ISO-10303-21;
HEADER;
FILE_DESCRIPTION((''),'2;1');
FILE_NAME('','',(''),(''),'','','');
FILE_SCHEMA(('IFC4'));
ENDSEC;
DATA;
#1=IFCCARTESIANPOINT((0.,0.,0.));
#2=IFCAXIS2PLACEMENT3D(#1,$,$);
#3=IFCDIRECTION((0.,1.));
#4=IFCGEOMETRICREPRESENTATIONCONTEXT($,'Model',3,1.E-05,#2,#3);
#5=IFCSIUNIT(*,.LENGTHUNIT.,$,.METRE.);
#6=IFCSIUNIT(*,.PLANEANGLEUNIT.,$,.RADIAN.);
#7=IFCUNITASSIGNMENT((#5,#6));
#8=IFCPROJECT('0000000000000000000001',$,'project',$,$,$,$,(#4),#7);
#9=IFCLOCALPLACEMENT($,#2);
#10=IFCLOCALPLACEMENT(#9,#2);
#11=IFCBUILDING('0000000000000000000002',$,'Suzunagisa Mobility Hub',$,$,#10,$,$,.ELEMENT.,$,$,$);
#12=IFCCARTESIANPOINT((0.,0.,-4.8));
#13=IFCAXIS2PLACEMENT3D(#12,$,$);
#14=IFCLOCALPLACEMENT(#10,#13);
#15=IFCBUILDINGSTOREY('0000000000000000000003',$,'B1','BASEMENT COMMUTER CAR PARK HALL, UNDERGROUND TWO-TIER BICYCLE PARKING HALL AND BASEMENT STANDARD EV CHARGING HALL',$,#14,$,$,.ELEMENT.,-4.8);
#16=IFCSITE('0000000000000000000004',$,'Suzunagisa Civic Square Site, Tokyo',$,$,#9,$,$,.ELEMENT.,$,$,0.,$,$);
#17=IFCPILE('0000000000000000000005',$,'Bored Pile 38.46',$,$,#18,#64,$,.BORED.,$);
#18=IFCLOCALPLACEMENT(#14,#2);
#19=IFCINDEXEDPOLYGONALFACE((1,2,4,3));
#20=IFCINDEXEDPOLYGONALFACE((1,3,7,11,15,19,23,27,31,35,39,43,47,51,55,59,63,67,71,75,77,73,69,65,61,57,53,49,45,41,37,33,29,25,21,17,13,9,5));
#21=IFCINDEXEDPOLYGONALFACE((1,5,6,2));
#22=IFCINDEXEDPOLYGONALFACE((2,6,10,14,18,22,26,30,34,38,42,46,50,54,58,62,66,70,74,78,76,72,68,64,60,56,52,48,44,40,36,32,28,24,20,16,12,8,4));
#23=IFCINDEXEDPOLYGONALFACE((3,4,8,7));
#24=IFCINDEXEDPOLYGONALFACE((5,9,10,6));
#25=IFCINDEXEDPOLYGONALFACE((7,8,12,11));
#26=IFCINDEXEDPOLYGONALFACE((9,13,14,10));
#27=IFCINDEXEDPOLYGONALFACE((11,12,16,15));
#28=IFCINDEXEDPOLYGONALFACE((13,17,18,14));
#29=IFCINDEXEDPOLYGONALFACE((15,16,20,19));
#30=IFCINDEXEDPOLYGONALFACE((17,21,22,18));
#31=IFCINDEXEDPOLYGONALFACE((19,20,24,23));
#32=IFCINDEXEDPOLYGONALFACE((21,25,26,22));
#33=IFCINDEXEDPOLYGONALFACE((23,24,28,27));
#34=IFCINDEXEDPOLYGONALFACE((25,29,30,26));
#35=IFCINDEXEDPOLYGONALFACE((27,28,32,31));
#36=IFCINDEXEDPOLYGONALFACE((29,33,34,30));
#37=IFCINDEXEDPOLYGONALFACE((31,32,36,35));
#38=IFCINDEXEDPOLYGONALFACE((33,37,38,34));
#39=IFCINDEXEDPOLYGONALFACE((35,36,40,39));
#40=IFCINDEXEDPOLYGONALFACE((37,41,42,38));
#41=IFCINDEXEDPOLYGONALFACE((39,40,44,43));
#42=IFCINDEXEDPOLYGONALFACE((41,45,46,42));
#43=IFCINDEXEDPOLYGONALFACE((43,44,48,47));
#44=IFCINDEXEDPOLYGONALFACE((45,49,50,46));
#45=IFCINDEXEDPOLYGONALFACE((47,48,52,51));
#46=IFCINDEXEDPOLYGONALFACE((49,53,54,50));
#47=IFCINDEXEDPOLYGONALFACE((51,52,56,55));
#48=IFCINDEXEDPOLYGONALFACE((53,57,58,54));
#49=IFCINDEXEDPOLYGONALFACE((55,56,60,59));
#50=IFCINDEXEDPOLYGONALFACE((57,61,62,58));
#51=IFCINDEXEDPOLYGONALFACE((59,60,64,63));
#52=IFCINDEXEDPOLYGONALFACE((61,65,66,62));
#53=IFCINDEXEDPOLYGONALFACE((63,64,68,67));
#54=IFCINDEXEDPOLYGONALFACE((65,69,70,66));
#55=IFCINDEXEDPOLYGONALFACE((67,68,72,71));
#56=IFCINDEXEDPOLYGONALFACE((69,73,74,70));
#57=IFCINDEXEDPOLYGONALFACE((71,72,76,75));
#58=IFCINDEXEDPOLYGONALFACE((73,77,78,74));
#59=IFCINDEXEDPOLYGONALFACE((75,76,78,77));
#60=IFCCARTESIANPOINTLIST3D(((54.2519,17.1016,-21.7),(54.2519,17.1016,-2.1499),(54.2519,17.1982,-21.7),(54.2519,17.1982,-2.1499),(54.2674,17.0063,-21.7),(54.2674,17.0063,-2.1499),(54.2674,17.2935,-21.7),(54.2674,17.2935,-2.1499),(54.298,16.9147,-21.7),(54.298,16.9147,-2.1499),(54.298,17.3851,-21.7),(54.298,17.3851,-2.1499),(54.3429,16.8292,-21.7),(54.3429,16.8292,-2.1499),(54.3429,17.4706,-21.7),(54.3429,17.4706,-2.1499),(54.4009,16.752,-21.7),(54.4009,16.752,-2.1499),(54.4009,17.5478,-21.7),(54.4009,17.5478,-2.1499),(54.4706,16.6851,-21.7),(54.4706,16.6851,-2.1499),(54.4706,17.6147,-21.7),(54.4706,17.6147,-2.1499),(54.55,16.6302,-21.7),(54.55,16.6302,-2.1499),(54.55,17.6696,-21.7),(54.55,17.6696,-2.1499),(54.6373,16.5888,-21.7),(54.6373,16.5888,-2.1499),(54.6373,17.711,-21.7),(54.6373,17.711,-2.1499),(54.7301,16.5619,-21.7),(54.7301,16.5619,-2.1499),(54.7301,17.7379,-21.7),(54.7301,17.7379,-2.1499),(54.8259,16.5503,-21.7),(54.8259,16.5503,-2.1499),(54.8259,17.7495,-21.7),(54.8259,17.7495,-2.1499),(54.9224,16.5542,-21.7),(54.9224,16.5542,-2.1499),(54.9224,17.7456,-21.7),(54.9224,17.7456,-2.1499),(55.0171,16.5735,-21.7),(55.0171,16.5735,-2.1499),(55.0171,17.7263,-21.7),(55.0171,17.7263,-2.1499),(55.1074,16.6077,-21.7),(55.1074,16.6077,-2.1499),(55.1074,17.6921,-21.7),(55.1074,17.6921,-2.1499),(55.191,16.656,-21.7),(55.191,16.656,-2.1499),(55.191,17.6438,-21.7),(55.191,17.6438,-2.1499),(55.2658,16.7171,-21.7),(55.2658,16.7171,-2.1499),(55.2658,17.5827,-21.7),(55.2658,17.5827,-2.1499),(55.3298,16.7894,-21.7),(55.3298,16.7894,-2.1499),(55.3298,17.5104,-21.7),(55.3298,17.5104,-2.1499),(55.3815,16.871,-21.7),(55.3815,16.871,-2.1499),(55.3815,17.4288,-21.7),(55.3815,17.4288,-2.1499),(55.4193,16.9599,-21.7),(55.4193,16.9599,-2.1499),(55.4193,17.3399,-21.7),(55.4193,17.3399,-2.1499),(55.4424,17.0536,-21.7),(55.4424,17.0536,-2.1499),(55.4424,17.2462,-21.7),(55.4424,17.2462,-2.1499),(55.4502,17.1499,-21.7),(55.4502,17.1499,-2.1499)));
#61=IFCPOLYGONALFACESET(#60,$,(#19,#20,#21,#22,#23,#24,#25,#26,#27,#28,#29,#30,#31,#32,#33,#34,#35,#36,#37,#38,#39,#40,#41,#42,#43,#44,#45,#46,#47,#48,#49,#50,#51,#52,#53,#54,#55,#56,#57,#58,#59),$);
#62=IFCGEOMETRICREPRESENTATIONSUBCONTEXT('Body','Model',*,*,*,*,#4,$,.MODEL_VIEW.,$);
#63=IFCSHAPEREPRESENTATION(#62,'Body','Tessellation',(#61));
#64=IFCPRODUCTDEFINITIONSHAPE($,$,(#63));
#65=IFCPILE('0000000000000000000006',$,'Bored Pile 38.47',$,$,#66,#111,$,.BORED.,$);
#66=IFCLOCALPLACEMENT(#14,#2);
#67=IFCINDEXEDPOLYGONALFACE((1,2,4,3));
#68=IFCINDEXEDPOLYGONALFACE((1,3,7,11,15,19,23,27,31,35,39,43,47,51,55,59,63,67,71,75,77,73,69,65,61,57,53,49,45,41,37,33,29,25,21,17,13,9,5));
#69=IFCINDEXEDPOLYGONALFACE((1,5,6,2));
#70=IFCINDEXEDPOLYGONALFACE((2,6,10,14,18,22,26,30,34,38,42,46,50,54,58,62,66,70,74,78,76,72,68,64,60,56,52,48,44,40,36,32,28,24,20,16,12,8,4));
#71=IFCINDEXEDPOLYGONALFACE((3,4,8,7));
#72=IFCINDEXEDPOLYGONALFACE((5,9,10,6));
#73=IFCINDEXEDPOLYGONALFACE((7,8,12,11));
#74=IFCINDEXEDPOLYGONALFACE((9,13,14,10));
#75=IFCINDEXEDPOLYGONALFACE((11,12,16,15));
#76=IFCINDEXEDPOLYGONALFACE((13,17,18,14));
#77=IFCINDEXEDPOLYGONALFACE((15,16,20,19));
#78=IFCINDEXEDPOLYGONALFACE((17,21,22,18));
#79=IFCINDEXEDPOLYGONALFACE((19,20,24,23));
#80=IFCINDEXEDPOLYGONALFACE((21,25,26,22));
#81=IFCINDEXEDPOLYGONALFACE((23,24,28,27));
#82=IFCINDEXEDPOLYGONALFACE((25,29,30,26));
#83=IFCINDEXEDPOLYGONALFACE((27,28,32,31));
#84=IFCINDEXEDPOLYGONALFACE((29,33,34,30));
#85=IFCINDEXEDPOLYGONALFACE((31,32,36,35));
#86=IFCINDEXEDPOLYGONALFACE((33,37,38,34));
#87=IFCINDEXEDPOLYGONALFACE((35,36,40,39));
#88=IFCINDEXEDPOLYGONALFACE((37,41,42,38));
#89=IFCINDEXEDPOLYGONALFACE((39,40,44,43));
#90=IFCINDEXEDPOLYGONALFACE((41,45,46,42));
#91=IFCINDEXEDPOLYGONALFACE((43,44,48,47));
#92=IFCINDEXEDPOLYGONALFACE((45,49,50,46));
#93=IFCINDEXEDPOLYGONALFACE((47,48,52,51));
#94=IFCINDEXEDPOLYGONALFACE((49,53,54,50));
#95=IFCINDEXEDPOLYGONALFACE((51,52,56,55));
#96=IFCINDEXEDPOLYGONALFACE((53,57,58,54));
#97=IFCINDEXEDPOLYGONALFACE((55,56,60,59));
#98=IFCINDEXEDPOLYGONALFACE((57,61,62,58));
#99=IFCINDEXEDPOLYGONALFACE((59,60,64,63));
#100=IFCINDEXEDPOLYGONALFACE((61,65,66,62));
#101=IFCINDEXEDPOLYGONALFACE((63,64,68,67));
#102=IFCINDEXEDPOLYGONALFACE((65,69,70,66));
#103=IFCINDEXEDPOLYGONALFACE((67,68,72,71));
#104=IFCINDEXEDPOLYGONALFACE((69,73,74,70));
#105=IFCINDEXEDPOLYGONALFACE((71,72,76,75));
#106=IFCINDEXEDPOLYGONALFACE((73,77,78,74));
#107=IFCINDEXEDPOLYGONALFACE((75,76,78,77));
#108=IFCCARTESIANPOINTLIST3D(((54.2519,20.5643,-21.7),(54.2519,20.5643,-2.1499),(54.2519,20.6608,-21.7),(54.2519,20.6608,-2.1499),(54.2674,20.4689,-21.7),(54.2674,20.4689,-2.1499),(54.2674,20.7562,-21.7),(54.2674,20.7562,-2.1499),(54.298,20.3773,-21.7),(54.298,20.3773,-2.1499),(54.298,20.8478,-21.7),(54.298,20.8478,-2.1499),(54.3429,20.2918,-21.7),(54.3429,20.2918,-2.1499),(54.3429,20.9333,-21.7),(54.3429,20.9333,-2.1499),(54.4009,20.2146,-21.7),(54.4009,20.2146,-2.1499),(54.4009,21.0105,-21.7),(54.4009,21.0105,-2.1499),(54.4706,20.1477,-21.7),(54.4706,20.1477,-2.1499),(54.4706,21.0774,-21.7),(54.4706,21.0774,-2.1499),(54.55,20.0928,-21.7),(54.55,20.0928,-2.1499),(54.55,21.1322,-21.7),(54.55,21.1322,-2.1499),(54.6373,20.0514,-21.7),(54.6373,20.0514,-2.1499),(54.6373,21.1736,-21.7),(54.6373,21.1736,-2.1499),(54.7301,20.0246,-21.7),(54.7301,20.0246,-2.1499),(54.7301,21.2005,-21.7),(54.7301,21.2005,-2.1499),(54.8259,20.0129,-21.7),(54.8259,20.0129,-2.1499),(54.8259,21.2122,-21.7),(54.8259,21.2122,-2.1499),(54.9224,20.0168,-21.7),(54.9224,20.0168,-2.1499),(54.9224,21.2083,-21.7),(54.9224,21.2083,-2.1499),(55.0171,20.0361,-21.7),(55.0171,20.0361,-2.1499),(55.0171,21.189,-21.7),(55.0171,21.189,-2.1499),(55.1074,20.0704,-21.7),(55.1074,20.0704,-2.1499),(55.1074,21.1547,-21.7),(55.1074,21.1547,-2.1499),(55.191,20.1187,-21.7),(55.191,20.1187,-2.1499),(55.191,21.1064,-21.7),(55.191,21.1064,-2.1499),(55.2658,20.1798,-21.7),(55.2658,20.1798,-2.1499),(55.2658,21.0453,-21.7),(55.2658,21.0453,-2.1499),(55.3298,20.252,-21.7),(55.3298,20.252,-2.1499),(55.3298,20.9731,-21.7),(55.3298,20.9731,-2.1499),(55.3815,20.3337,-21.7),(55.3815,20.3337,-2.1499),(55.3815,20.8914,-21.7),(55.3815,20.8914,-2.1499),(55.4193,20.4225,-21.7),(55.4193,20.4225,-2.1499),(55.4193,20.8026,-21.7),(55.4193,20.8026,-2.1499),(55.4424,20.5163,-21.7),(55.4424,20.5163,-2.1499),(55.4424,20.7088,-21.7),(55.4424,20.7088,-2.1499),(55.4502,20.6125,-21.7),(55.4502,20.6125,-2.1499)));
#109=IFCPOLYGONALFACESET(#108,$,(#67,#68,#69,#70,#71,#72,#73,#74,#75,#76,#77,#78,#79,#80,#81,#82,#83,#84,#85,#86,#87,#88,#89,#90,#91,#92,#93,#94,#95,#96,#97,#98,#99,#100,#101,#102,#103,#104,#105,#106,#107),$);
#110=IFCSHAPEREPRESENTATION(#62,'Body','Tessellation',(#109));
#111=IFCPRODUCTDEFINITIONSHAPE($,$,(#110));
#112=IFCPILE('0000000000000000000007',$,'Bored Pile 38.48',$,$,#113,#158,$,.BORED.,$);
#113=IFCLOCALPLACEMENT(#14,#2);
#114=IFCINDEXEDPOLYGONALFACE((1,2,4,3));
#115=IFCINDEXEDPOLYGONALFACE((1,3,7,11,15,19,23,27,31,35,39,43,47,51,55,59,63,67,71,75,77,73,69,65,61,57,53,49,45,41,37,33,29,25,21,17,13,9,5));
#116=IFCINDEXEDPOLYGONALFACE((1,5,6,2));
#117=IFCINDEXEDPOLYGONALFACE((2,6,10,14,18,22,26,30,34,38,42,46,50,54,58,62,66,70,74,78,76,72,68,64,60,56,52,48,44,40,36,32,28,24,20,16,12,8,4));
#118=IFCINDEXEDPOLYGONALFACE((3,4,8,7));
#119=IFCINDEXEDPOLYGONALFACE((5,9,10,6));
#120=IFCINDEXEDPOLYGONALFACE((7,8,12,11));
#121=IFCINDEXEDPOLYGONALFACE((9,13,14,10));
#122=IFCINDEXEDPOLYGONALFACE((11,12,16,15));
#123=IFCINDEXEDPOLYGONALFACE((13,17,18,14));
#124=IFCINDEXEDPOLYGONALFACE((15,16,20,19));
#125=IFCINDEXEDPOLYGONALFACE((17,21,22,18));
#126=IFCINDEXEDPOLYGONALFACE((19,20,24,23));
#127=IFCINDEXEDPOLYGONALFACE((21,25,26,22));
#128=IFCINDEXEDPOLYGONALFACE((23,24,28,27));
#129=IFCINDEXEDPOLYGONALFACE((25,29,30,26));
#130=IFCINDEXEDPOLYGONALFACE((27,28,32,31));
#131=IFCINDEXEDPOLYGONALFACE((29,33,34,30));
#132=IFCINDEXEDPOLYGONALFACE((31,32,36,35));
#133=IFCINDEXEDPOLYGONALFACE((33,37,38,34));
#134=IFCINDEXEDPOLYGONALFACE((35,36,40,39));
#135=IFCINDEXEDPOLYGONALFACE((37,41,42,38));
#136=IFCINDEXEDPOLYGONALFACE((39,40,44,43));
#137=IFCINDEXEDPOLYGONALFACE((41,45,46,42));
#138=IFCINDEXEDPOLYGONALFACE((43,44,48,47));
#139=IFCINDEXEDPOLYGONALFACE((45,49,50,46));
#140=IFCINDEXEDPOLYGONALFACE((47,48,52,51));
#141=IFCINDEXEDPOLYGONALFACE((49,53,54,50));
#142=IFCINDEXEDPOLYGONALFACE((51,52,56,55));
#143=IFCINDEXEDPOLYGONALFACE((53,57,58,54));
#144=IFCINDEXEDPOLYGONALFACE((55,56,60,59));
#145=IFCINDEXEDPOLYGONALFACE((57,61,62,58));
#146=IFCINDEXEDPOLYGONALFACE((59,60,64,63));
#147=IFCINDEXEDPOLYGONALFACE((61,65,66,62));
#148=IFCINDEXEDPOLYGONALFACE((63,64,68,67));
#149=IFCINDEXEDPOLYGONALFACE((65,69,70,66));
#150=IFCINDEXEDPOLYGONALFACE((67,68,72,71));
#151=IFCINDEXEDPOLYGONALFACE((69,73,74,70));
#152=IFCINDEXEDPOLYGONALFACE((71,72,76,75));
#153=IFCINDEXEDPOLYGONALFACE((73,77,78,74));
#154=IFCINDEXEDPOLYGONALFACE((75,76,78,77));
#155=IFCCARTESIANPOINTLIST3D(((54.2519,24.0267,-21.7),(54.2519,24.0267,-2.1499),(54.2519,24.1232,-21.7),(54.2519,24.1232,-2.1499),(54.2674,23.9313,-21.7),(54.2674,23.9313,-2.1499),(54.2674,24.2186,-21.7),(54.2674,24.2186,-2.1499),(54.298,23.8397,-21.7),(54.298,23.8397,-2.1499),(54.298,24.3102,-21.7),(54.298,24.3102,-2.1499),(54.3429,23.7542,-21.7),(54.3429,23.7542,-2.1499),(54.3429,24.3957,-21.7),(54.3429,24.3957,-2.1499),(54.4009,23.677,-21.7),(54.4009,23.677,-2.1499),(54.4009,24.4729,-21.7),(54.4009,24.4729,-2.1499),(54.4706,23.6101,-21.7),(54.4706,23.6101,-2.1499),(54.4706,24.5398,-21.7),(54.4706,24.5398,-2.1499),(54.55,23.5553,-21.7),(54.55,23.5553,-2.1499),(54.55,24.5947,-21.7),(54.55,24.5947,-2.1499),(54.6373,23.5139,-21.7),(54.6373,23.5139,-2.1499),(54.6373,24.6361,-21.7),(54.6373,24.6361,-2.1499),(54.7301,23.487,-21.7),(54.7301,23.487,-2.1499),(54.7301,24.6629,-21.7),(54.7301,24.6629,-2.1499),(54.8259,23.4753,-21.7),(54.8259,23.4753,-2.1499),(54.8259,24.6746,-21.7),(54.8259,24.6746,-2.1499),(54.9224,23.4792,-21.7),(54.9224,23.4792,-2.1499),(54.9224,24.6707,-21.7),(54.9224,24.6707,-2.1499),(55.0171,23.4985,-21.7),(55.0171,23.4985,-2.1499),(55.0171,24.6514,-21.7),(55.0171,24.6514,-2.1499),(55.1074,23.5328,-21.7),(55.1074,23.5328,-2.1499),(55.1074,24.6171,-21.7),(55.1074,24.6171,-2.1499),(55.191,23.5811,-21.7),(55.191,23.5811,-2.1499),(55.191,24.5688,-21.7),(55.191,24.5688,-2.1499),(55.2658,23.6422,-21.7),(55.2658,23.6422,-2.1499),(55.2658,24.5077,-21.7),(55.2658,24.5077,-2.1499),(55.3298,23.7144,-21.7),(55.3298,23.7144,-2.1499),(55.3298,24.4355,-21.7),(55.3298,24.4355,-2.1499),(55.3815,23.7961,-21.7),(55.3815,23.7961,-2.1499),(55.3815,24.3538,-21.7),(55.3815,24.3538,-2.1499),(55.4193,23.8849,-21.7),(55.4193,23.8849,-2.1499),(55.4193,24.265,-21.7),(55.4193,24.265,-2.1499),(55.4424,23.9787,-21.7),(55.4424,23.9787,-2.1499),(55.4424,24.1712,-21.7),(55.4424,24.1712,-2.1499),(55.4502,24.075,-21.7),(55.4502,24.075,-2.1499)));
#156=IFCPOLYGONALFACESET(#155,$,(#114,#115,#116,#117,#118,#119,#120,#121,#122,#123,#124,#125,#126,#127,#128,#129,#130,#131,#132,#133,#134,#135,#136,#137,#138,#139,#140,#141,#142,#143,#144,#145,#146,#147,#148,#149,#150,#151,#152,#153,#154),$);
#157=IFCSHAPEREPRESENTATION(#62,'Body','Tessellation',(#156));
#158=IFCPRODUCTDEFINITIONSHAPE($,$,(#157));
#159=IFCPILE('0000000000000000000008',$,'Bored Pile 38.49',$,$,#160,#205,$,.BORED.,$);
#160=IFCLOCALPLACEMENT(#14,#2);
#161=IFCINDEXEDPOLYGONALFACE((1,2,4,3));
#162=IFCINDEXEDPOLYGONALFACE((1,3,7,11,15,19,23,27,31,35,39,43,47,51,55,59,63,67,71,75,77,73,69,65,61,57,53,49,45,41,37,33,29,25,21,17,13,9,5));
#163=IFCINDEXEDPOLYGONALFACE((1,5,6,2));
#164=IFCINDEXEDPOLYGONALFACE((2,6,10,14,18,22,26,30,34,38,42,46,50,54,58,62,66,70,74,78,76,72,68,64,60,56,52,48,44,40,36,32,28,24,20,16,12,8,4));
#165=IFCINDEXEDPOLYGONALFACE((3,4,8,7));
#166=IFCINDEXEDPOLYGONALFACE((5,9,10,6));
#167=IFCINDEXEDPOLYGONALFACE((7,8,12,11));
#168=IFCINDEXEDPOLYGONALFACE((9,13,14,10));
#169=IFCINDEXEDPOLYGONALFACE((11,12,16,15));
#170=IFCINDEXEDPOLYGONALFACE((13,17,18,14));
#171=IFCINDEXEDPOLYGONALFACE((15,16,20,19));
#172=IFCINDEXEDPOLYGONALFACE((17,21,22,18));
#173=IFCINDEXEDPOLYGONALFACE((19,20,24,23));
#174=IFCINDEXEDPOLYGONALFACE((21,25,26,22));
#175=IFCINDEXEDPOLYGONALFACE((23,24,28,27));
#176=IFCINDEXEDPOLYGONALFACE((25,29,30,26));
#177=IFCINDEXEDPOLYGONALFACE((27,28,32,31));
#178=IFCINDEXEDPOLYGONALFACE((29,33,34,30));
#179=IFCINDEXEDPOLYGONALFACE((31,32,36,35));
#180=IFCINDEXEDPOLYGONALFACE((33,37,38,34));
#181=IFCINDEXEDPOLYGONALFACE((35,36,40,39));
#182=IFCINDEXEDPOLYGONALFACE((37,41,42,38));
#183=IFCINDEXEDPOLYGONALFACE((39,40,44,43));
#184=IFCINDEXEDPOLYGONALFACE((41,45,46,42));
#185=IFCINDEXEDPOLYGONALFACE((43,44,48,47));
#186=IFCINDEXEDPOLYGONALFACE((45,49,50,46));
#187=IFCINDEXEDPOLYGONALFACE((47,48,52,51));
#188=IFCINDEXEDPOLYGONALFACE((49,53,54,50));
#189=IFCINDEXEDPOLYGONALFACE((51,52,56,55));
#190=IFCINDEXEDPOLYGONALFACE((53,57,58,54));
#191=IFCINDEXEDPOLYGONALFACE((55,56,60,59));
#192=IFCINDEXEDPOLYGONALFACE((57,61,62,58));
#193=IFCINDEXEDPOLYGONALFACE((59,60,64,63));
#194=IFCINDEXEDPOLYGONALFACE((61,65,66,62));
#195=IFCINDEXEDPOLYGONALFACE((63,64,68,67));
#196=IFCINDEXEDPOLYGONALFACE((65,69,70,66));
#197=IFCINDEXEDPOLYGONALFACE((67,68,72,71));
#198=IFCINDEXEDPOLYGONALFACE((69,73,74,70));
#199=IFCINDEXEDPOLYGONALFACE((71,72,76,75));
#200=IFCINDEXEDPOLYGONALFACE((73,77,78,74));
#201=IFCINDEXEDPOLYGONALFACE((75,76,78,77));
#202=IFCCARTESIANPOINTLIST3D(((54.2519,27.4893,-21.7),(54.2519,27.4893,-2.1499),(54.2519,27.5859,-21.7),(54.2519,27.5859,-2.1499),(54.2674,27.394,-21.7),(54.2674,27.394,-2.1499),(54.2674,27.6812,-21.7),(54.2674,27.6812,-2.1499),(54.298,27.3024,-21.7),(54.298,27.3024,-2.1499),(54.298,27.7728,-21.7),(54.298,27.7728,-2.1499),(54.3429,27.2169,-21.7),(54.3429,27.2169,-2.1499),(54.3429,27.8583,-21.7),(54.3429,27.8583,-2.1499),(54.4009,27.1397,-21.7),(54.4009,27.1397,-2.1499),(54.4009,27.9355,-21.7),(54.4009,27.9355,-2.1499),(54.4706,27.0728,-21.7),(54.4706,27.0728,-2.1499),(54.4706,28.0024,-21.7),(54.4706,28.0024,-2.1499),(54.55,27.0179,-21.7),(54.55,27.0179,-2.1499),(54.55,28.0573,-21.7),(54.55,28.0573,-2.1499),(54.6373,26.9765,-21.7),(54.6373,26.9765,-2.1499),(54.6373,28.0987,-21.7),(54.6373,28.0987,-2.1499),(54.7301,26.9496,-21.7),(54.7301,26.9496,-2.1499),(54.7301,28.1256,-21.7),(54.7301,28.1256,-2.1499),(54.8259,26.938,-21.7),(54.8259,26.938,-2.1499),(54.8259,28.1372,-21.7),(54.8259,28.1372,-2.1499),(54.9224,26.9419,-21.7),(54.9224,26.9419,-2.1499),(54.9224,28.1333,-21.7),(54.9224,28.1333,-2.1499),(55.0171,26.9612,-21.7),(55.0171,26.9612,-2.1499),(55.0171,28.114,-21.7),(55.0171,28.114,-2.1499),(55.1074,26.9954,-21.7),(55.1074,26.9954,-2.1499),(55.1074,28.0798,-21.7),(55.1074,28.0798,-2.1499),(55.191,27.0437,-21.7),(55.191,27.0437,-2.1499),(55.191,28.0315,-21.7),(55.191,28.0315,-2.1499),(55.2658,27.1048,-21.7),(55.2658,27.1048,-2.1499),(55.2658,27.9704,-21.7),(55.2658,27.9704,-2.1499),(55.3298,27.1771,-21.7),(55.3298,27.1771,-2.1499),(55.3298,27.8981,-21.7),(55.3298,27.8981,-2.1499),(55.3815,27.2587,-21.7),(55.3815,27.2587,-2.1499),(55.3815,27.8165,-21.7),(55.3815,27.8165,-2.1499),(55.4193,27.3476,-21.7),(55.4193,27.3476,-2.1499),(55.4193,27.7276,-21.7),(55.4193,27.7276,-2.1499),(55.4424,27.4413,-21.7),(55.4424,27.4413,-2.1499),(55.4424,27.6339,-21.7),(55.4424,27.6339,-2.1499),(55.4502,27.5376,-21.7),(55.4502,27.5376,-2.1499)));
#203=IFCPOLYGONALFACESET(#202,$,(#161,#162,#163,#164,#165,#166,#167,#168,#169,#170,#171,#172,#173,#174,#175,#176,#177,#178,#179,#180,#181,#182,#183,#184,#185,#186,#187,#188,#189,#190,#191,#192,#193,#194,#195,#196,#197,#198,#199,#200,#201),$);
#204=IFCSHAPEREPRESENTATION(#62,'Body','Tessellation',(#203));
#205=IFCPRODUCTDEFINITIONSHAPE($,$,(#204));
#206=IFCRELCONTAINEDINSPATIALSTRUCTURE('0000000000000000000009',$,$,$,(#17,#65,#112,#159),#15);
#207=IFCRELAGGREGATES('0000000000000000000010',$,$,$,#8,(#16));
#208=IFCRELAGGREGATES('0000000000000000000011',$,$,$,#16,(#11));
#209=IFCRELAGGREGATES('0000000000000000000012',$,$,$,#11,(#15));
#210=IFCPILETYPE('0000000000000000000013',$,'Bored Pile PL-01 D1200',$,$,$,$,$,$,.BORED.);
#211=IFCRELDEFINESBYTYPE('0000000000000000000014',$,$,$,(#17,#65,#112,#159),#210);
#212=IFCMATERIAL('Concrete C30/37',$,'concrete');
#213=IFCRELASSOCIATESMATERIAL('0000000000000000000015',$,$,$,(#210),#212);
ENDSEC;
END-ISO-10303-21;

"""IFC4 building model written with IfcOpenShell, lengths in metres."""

from ifc_helpers import new_model, si_unit, direction, frame, origin, origin_2d, place, context, subcontext, project, spatial, circle, extrude, material, material_profile, profile_set, type_object, element, save


model = new_model("IFC4")

# Units and contexts
model_context = context("Model", 3, precision=1e-05, world=origin(), true_north=direction((0.0, 1.0)))
body_context = subcontext(model_context, "Body", "Model", "MODEL_VIEW")
ifc_project = project(units=[si_unit("LENGTHUNIT", "METRE"), si_unit("PLANEANGLEUNIT", "RADIAN")], contexts=[model_context])

# Site, building, storey
site_placement = place(None, origin())
site = spatial("IfcSite", under=ifc_project, at=site_placement, Name="Suzunagisa Civic Square Site, Tokyo", CompositionType="ELEMENT", RefElevation=0.0)
building_placement = place(site_placement, origin())
building = spatial("IfcBuilding", under=site, at=building_placement, Name="Suzunagisa Mobility Hub", CompositionType="ELEMENT")
storey_placement = place(building_placement, frame((0.0, 0.0, -4.8)))
storey = spatial("IfcBuildingStorey", under=building, at=storey_placement, Name="B1", Description="BASEMENT COMMUTER CAR PARK HALL, UNDERGROUND TWO-TIER BICYCLE PARKING HALL AND BASEMENT STANDARD EV CHARGING HALL", CompositionType="ELEMENT", Elevation=-4.8)

# Piles
ifc_material_1 = material(Name="Concrete C30/37", Category="concrete")
ifc_material_profile_1 = material_profile(ifc_material_1, circle(Radius=0.6001, at=origin_2d()), Name="BORED PILE D1200")
ifc_profile_set_1 = profile_set([ifc_material_profile_1], Name="Concrete C30/37")
pile_type = type_object("IfcPileType", Name="Bored Pile PL-01 D1200", PredefinedType="BORED", material=ifc_profile_set_1)
for number, where, z_axis, x_axis, name in (
    (1, (54.8501, 17.1499, -2.1499), (0.0, 0.0, -1.0), (1.0, 0.0, 0.0), "Bored Pile 38.46"),
    (2, (54.8501, 20.6125, -2.1499), (0.0, 0.0, -1.0), (1.0, 0.0, 0.0), "Bored Pile 38.47"),
    (3, (54.8501, 24.075, -2.1499), (0.0, 0.0, -1.0), (1.0, 0.0, 0.0), "Bored Pile 38.48"),
    (4, (54.8501, 27.5376, -2.1499), (0.0, 0.0, -1.0), (1.0, 0.0, 0.0), "Bored Pile 38.49"),
):
    element("IfcPile", number, at=place(storey_placement, frame(where, z_axis=z_axis, x_axis=x_axis)), inside=storey, type_object=pile_type, Name=name, PredefinedType="BORED", context=body_context, shape_type="SweptSolid", body=[
        extrude(circle(Radius=0.6001, at=origin_2d()), origin(), (0.0, 0.0, 1.0), 19.55),
    ])

save(model, "model.ifc")
